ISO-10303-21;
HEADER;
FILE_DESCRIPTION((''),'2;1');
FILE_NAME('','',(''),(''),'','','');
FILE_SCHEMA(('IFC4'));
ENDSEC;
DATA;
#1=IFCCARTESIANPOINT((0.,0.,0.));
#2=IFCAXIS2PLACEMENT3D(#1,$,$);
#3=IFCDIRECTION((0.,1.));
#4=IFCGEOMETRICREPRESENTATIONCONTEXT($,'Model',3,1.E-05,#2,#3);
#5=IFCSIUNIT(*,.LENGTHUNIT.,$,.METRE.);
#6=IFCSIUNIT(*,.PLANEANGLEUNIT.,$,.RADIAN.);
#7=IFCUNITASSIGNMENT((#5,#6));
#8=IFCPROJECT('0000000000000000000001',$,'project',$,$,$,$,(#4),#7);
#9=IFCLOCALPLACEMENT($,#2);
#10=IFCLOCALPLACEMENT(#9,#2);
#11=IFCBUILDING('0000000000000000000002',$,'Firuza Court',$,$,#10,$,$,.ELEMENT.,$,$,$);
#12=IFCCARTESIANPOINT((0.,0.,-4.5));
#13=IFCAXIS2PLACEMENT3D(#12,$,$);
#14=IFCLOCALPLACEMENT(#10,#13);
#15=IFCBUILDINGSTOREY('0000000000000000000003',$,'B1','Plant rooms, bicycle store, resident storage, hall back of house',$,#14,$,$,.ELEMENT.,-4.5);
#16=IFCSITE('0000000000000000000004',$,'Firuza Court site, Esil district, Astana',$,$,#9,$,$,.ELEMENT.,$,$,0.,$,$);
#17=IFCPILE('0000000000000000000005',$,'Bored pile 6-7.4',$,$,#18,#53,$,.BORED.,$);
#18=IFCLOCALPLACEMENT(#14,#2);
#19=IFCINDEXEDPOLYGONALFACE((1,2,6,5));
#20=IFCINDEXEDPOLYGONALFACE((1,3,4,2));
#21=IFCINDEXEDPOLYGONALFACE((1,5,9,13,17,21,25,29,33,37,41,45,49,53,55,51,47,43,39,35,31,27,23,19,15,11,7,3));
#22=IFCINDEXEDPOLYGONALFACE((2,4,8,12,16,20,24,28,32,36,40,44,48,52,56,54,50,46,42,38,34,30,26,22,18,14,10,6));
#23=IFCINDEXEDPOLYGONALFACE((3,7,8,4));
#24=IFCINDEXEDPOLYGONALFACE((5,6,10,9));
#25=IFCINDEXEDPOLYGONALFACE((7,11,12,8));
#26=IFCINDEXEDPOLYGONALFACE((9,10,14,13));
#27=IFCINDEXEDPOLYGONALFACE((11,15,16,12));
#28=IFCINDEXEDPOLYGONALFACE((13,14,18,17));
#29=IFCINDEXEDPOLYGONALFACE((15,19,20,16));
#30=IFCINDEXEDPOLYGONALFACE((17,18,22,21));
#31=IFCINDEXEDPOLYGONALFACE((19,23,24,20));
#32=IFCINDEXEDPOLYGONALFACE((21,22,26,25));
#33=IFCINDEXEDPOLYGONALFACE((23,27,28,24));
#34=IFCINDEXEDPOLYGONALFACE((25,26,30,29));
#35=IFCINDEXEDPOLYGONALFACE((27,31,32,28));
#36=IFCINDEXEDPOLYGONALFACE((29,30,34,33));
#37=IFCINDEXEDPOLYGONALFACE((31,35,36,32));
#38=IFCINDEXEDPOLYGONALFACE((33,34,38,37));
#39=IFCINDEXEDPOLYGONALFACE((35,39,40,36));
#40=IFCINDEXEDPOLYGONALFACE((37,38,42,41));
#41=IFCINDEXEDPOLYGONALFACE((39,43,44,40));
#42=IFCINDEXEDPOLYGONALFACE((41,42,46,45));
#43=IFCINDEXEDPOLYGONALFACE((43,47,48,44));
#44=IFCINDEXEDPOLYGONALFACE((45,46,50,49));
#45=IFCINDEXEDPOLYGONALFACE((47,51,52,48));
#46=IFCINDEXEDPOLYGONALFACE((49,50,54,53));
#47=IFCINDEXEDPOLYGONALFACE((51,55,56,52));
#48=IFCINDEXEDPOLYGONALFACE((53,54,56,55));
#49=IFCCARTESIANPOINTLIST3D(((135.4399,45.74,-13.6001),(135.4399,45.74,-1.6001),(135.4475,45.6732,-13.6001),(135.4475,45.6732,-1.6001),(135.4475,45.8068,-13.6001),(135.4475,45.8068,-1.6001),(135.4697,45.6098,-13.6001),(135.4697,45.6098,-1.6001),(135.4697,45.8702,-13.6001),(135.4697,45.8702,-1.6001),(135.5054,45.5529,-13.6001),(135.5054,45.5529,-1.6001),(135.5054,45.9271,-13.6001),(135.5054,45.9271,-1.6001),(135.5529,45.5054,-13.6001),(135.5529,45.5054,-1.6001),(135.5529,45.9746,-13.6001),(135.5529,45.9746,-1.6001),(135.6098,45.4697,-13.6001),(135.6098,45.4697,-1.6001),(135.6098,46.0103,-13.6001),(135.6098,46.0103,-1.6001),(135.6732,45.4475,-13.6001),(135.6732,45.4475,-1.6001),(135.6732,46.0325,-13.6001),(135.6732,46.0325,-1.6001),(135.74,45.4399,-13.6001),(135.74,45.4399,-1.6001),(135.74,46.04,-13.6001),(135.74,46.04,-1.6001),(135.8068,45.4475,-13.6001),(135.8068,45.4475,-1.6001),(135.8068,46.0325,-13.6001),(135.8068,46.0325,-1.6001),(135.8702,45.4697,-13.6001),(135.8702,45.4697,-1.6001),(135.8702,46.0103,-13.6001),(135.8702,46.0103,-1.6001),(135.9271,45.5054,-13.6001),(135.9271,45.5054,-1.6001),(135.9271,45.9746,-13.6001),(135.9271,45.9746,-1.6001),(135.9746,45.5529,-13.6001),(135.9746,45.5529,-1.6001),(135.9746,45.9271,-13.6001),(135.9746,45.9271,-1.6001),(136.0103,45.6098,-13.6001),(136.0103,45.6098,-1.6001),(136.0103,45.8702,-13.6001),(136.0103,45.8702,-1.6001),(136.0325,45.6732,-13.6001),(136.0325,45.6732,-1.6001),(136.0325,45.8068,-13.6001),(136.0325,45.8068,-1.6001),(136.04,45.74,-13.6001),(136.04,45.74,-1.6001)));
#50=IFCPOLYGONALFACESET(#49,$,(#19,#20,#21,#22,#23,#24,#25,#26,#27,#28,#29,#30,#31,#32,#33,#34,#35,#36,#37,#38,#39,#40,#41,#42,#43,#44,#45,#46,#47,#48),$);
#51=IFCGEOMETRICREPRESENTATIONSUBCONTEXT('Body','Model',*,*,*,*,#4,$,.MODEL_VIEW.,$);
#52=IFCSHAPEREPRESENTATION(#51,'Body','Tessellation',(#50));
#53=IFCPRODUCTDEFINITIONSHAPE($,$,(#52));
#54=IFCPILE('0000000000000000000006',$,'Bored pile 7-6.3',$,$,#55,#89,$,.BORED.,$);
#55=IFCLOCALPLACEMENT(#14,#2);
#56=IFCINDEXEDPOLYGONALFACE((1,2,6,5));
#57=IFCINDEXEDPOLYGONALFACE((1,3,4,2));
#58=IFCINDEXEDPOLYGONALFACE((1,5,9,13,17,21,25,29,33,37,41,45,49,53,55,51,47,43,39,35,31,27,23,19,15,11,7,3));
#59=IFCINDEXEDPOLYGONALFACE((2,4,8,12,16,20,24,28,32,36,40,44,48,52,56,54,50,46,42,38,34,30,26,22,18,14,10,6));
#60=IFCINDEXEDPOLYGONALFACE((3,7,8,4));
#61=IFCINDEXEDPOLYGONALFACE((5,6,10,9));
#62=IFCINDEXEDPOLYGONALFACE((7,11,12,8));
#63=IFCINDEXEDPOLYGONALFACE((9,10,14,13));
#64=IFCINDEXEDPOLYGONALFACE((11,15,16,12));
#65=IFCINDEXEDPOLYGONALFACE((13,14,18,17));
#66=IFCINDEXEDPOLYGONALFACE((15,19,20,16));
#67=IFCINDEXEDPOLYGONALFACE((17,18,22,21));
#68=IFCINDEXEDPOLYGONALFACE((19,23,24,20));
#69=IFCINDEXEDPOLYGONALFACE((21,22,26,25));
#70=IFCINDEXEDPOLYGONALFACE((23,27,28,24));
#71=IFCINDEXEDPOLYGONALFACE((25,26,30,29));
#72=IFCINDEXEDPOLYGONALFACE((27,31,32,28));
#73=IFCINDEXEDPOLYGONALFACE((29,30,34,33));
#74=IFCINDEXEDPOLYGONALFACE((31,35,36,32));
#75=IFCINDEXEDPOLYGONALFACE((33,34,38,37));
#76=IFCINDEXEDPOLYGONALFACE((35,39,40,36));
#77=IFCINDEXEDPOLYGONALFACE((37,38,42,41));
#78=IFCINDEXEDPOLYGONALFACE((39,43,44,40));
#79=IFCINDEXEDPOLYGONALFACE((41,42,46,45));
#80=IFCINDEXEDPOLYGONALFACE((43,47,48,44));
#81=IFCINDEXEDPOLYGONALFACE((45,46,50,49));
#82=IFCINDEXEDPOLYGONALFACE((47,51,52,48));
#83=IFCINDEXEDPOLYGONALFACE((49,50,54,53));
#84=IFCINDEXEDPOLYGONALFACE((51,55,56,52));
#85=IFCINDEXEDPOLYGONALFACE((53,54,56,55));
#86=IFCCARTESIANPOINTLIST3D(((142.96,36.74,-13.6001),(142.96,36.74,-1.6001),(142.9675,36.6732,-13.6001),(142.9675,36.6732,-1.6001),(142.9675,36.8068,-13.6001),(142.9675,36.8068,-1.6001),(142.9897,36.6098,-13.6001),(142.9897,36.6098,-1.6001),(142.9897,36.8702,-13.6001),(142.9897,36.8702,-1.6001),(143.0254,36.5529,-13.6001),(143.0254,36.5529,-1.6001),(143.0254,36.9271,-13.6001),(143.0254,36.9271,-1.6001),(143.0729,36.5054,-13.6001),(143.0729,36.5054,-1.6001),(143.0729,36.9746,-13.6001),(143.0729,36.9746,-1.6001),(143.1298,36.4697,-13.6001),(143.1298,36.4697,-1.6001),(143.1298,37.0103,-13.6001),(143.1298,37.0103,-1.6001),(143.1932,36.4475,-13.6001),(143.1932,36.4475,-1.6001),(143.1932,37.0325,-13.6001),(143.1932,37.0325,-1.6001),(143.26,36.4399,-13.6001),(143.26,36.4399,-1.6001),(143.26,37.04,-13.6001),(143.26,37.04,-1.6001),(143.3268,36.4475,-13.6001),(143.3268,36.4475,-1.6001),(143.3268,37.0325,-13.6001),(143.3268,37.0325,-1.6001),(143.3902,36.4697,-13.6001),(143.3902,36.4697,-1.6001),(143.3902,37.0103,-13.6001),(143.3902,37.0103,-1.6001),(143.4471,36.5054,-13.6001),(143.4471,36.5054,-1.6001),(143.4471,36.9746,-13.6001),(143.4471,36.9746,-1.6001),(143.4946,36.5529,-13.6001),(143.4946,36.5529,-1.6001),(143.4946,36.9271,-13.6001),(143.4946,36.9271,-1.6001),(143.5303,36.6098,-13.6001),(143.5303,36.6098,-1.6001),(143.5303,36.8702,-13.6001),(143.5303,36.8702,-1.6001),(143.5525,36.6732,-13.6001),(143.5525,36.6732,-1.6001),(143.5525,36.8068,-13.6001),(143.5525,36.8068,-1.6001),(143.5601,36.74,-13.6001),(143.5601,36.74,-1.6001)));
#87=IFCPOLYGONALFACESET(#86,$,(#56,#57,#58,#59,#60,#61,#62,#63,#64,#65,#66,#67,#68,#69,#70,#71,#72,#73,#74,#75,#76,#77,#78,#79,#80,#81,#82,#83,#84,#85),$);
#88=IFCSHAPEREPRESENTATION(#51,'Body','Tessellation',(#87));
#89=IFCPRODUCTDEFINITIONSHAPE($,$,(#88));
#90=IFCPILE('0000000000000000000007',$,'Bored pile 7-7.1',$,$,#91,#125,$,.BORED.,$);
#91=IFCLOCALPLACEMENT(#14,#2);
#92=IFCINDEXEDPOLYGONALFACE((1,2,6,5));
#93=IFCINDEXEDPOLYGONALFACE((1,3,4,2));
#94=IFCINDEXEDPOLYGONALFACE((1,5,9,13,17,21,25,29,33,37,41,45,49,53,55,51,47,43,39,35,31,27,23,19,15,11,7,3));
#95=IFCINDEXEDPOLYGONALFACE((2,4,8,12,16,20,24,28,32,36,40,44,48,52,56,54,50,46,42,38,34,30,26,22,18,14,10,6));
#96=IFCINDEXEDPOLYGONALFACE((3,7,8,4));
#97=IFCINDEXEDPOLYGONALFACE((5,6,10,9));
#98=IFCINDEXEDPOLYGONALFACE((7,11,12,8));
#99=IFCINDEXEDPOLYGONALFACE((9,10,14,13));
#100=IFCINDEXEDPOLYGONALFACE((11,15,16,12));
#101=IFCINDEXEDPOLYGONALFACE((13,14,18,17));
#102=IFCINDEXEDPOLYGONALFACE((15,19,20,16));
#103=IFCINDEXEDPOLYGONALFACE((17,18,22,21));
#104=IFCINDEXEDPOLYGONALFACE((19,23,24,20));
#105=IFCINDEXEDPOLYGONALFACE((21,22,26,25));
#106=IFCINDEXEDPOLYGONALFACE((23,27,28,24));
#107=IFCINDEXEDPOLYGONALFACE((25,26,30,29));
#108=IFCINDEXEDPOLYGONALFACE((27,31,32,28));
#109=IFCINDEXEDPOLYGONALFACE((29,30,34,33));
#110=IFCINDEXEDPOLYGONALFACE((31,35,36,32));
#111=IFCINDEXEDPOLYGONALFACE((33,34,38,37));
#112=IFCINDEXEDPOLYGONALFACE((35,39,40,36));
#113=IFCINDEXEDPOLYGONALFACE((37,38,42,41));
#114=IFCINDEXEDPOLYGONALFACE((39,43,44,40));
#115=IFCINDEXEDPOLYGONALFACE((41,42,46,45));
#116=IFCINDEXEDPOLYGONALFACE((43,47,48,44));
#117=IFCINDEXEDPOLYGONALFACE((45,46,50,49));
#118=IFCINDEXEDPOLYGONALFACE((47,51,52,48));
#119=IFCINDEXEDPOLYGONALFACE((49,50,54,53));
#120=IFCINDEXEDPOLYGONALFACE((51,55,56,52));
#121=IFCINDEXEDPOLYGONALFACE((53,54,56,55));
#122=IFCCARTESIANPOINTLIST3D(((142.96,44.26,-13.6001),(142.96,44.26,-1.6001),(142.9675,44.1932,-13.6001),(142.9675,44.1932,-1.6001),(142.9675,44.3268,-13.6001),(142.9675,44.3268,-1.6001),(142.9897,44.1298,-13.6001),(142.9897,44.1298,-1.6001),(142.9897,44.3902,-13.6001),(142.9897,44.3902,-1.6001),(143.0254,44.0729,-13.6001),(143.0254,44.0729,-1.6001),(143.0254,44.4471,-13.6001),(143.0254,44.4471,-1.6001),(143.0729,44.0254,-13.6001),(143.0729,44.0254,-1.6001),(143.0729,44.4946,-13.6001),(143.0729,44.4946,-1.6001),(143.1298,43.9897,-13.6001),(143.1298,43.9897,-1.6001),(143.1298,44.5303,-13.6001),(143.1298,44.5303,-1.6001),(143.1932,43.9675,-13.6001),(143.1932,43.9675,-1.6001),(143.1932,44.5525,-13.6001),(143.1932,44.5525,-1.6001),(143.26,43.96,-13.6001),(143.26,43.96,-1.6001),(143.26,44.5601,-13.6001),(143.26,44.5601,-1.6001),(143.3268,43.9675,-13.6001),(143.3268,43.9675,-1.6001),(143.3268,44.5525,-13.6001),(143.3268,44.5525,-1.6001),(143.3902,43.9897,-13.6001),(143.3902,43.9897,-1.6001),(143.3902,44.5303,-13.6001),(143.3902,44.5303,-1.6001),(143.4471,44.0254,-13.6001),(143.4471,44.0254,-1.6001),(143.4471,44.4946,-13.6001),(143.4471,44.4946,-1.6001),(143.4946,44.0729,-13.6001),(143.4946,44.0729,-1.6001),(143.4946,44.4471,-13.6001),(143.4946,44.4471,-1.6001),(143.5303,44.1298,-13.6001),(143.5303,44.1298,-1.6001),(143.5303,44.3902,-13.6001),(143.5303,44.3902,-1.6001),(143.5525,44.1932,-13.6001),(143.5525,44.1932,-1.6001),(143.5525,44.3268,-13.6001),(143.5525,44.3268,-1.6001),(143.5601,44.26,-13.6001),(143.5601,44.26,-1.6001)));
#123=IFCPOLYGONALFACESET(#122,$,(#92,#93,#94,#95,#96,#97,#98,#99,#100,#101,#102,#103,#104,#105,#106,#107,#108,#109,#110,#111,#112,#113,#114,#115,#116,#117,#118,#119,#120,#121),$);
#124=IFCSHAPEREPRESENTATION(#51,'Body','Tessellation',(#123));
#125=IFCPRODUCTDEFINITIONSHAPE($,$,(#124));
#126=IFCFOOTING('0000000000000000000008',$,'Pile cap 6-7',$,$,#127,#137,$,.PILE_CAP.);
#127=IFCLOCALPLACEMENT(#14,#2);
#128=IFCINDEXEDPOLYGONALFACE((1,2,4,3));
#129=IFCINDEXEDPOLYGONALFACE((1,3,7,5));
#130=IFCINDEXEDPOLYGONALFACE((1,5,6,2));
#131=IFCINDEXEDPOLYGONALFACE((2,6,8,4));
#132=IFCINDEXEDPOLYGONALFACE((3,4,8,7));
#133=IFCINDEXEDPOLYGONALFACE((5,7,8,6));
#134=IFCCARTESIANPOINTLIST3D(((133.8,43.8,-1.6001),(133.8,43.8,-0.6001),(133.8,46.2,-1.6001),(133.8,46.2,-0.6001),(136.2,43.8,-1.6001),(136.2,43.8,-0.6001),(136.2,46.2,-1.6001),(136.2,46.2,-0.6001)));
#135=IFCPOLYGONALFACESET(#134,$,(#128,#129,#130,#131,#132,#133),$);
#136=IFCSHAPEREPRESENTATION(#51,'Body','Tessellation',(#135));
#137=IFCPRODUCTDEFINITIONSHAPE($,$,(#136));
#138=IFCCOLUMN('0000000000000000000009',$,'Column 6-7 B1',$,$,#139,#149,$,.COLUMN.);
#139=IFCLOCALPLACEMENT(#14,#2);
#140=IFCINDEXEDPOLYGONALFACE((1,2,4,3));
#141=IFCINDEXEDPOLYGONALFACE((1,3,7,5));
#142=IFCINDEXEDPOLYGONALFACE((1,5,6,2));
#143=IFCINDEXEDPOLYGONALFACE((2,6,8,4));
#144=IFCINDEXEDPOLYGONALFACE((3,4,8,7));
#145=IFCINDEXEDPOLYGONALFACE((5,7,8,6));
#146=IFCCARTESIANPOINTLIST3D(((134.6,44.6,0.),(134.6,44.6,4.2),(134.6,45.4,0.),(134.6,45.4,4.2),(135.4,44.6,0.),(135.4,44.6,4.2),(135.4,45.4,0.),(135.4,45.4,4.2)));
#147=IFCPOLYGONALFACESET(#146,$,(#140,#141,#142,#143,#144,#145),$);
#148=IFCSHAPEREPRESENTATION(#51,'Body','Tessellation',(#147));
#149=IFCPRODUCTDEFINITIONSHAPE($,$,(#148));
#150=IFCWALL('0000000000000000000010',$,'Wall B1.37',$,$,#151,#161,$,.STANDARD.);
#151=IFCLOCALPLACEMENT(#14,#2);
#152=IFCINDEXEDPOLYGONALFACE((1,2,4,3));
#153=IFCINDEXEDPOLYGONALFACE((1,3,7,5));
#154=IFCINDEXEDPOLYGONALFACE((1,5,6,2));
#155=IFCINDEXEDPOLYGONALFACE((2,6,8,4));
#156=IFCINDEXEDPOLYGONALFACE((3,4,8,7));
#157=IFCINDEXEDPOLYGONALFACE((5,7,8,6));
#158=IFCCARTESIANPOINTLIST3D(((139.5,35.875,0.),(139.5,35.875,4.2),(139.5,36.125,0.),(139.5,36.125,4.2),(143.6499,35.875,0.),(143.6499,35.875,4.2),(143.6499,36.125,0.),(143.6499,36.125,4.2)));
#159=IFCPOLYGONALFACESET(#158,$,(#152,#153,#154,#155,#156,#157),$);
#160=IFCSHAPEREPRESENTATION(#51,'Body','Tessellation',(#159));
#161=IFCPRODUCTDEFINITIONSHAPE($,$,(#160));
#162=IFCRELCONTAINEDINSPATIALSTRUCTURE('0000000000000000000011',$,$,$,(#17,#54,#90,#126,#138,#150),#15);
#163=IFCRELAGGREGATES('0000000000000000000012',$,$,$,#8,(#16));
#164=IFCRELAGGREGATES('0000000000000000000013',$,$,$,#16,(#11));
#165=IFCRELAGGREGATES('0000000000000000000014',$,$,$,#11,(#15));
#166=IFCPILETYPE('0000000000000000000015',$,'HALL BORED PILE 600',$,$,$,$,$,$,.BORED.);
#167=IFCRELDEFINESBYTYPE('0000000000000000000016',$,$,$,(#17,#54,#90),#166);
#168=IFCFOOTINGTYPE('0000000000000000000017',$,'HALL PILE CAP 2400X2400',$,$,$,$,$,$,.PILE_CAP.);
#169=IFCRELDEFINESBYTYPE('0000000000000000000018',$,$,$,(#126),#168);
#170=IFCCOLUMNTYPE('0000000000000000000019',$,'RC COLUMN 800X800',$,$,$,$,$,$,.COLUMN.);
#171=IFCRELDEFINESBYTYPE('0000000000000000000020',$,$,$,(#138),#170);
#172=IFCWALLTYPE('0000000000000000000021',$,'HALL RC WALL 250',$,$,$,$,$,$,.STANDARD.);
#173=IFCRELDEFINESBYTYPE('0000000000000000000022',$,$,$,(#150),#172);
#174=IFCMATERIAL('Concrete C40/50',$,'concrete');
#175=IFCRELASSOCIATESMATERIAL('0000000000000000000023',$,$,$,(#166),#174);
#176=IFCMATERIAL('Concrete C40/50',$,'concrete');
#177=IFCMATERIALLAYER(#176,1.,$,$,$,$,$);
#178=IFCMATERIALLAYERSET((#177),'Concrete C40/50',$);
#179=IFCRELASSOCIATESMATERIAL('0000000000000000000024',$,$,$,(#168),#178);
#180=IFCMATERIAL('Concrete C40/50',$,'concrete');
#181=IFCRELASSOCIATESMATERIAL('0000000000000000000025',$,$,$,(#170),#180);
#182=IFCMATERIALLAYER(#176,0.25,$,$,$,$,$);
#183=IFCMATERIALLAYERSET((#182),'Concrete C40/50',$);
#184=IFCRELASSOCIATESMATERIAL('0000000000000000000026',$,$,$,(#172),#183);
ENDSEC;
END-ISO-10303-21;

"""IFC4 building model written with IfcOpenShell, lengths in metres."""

from ifc_helpers import new_model, si_unit, direction, frame, frame_2d, origin, origin_2d, place, context, subcontext, project, spatial, rectangle, circle, extrude, material, layer, layer_set, material_profile, profile_set, type_object, element, save


model = new_model("IFC4")

# Units and contexts
model_context = context("Model", 3, precision=1e-05, world=origin(), true_north=direction((0.0, 1.0)))
body_context = subcontext(model_context, "Body", "Model", "MODEL_VIEW")
ifc_project = project(units=[si_unit("LENGTHUNIT", "METRE"), si_unit("PLANEANGLEUNIT", "RADIAN")], contexts=[model_context])

# Site, building, storey
site_placement = place(None, origin())
site = spatial("IfcSite", under=ifc_project, at=site_placement, Name="Firuza Court site, Esil district, Astana", CompositionType="ELEMENT", RefElevation=0.0)
building_placement = place(site_placement, origin())
building = spatial("IfcBuilding", under=site, at=building_placement, Name="Firuza Court", CompositionType="ELEMENT")
storey_placement = place(building_placement, frame((0.0, 0.0, -4.5)))
storey = spatial("IfcBuildingStorey", under=building, at=storey_placement, Name="B1", Description="Plant rooms, bicycle store, resident storage, hall back of house", CompositionType="ELEMENT", Elevation=-4.5)

# Piles
ifc_material_1 = material(Name="Concrete C40/50", Category="concrete")
ifc_material_profile_1 = material_profile(ifc_material_1, circle(Radius=0.3, at=origin_2d()), Name="PILE 600")
ifc_profile_set_1 = profile_set([ifc_material_profile_1], Name="Concrete C40/50")
pile_type = type_object("IfcPileType", Name="HALL BORED PILE 600", PredefinedType="BORED", material=ifc_profile_set_1)
for number, where, z_axis, x_axis, name in (
    (1, (135.74, 45.74, -1.6001), (0.0, 0.0, -1.0), (1.0, 0.0, 0.0), "Bored pile 6-7.4"),
    (2, (143.26, 36.74, -1.6001), (0.0, 0.0, -1.0), (1.0, 0.0, 0.0), "Bored pile 7-6.3"),
    (3, (143.26, 44.26, -1.6001), (0.0, 0.0, -1.0), (1.0, 0.0, 0.0), "Bored pile 7-7.1"),
):
    element("IfcPile", number, at=place(storey_placement, frame(where, z_axis=z_axis, x_axis=x_axis)), inside=storey, type_object=pile_type, Name=name, PredefinedType="BORED", context=body_context, shape_type="SweptSolid", body=[
        extrude(circle(Radius=0.3, at=origin_2d()), origin(), (0.0, 0.0, 1.0), 12.0),
    ])

# Footing
ifc_material_2 = material(Name="Concrete C40/50", Category="concrete")
ifc_layer_1 = layer(ifc_material_2, 1.0)
ifc_layer_set_1 = layer_set([ifc_layer_1], Name="Concrete C40/50")
footing_type = type_object("IfcFootingType", Name="HALL PILE CAP 2400X2400", PredefinedType="PILE_CAP", material=ifc_layer_set_1)
footing_placement = place(storey_placement, frame((135.0, 45.0, -1.6001), z_axis=(0.0, 0.0, 1.0), x_axis=(1.0, 0.0, 0.0)))
element("IfcFooting", 4, at=footing_placement, inside=storey, type_object=footing_type, Name="Pile cap 6-7", PredefinedType="PILE_CAP", context=body_context, shape_type="SweptSolid", body=[
    extrude(rectangle(XDim=2.3999, YDim=2.3999, at=origin_2d()), origin(), (0.0, 0.0, 1.0), 1.0),
])

# Column
ifc_material_3 = material(Name="Concrete C40/50", Category="concrete")
ifc_material_profile_2 = material_profile(ifc_material_3, rectangle(XDim=0.8, YDim=0.8, at=origin_2d()), Name="RC 800X800")
ifc_profile_set_2 = profile_set([ifc_material_profile_2], Name="Concrete C40/50")
column_type = type_object("IfcColumnType", Name="RC COLUMN 800X800", PredefinedType="COLUMN", material=ifc_profile_set_2)
column_placement = place(storey_placement, frame((135.0, 45.0, 0.0), z_axis=(0.0, 0.0, 1.0), x_axis=(1.0, 0.0, 0.0)))
element("IfcColumn", 5, at=column_placement, inside=storey, type_object=column_type, Name="Column 6-7 B1", PredefinedType="COLUMN", context=body_context, shape_type="SweptSolid", body=[
    extrude(rectangle(XDim=0.8, YDim=0.8, at=origin_2d()), origin(), (0.0, 0.0, 1.0), 4.2),
])

# Wall
ifc_layer_2 = layer(ifc_material_2, 0.25)
ifc_layer_set_2 = layer_set([ifc_layer_2], Name="Concrete C40/50")
wall_type_1 = type_object("IfcWallType", Name="HALL RC WALL 250", PredefinedType="STANDARD", material=ifc_layer_set_2)
wall_1_placement = place(storey_placement, frame((139.5, 36.0, 0.0), z_axis=(0.0, 0.0, 1.0), x_axis=(1.0, 0.0, 0.0)))
element("IfcWall", 6, at=wall_1_placement, inside=storey, type_object=wall_type_1, Name="Wall B1.37", PredefinedType="STANDARD", context=body_context, shape_type="SweptSolid", body=[
    extrude(rectangle(XDim=4.1499, YDim=0.25, at=frame_2d((2.075, 0.0))), origin(), (0.0, 0.0, 1.0), 4.2),
])

save(model, "model.ifc")
